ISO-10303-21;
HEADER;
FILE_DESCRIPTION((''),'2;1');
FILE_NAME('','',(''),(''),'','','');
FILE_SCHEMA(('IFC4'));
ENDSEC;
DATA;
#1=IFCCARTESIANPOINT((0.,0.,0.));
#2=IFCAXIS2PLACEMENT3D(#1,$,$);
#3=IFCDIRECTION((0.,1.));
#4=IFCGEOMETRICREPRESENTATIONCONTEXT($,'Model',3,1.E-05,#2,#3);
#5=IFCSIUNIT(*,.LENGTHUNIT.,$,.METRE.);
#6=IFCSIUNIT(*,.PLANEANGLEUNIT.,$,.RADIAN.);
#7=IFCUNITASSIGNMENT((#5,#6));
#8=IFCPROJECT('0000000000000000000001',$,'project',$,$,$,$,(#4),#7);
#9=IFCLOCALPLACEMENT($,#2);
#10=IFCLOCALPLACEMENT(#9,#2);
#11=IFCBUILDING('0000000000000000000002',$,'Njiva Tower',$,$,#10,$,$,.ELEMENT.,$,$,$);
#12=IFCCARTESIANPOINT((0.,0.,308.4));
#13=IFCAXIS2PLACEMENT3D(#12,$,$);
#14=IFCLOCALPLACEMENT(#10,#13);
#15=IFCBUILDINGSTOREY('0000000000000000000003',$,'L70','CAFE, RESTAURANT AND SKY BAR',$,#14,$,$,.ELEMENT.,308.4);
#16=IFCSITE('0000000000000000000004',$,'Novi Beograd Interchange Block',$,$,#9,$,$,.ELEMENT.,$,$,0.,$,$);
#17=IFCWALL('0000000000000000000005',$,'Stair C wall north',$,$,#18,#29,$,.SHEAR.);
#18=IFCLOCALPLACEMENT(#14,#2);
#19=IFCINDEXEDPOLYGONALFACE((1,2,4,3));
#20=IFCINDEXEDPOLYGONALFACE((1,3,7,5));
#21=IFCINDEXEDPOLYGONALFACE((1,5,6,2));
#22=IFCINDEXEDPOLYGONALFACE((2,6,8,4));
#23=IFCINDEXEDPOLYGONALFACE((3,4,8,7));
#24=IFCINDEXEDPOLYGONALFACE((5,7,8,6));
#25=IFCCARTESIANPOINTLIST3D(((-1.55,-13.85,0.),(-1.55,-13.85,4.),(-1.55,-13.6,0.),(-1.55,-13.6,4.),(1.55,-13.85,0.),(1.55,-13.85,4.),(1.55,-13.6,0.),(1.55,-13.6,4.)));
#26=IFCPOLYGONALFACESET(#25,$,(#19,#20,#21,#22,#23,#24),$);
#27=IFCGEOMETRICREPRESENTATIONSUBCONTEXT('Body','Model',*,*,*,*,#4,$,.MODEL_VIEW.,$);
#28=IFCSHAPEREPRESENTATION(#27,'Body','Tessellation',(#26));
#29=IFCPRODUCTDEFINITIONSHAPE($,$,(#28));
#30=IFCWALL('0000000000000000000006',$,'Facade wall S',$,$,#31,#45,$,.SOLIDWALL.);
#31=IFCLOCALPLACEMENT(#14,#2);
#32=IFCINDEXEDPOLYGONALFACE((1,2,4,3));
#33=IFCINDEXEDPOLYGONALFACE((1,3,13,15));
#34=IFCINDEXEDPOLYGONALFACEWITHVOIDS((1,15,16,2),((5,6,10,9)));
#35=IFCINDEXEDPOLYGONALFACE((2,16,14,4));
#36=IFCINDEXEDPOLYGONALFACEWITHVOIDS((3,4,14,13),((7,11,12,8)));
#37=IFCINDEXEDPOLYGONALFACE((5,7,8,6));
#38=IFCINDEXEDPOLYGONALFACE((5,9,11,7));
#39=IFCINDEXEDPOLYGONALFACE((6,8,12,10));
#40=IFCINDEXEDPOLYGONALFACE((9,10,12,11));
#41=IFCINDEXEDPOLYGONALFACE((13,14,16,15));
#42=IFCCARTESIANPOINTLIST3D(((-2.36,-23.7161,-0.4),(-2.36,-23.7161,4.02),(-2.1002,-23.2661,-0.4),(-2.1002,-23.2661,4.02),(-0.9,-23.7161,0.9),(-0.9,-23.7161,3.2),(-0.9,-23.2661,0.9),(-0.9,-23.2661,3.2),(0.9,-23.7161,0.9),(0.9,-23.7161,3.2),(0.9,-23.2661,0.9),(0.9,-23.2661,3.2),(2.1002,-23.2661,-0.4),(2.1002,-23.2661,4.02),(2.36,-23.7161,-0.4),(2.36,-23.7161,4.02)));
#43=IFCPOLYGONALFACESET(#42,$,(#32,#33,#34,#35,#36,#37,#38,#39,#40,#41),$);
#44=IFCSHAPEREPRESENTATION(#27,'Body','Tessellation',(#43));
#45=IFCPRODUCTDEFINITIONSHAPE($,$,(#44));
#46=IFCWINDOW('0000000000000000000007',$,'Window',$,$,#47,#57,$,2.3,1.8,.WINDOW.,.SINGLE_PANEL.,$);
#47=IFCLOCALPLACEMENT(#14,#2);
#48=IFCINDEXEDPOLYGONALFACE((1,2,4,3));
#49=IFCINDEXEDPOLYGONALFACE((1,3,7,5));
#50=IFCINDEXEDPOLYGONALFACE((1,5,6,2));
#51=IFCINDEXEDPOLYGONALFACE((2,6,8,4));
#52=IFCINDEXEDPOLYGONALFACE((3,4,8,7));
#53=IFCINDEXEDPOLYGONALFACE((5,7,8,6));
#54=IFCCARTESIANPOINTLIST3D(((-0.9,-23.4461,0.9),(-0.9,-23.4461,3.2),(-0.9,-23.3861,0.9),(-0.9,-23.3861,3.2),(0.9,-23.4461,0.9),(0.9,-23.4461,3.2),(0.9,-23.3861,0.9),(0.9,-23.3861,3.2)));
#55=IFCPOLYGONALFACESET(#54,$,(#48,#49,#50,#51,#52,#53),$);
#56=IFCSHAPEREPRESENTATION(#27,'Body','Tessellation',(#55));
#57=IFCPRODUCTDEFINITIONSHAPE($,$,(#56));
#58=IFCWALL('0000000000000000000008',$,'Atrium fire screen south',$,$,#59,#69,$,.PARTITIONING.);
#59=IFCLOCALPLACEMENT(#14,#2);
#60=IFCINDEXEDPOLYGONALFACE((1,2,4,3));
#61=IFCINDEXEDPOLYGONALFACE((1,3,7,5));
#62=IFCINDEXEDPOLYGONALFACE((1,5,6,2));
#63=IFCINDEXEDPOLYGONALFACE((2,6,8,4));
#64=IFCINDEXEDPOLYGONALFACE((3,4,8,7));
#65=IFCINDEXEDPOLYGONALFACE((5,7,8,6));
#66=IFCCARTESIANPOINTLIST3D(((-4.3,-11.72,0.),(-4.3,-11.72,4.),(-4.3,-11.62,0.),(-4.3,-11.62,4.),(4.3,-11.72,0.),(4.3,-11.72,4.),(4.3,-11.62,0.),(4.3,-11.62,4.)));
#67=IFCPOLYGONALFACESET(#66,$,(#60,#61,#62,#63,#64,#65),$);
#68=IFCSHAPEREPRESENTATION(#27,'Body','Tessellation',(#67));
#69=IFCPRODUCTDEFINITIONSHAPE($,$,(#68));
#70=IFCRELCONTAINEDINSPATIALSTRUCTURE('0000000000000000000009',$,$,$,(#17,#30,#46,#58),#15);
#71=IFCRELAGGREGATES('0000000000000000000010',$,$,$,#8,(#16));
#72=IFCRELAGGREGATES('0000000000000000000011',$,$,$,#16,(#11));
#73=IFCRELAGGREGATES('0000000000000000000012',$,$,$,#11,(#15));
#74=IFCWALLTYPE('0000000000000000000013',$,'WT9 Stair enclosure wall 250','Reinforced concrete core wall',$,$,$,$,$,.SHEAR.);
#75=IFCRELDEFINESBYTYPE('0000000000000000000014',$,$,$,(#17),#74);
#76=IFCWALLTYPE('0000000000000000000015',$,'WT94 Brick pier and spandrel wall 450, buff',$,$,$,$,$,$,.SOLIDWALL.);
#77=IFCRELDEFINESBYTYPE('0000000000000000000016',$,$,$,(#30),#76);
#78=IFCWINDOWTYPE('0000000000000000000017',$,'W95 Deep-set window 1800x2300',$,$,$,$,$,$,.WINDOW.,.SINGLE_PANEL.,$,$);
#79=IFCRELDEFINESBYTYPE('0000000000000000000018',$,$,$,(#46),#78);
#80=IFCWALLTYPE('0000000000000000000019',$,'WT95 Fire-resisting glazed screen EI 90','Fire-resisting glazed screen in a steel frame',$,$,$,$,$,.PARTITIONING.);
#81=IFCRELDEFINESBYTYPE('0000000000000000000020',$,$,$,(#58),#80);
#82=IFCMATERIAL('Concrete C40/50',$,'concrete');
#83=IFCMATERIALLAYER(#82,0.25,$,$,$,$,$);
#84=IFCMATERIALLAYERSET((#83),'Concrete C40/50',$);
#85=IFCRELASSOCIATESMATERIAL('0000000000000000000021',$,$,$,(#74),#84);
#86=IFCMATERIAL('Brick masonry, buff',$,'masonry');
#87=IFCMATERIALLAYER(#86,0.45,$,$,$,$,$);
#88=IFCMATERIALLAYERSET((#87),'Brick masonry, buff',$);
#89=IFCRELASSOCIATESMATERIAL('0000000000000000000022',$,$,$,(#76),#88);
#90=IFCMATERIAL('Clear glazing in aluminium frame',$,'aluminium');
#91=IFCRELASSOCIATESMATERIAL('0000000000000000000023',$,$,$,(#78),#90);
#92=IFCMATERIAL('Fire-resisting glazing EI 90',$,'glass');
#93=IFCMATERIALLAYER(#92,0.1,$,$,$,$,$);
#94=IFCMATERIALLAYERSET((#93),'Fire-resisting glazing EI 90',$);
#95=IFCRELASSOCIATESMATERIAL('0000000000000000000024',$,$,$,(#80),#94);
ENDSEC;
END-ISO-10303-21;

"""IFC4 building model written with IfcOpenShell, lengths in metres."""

from ifc_helpers import new_model, si_unit, direction, frame, frame_2d, origin, place, context, subcontext, project, spatial, polyline, rectangle, outline, extrude, material, layer, layer_set, type_object, element, fill, save


model = new_model("IFC4")

# Units and contexts
model_context = context("Model", 3, precision=1e-05, world=origin(), true_north=direction((0.0, 1.0)))
body_context = subcontext(model_context, "Body", "Model", "MODEL_VIEW")
ifc_project = project(units=[si_unit("LENGTHUNIT", "METRE"), si_unit("PLANEANGLEUNIT", "RADIAN")], contexts=[model_context])

# Site, building, storey
site_placement = place(None, origin())
site = spatial("IfcSite", under=ifc_project, at=site_placement, Name="Novi Beograd Interchange Block", CompositionType="ELEMENT", RefElevation=0.0)
building_placement = place(site_placement, origin())
building = spatial("IfcBuilding", under=site, at=building_placement, Name="Njiva Tower", CompositionType="ELEMENT")
storey_placement = place(building_placement, frame((0.0, 0.0, 308.4)))
storey = spatial("IfcBuildingStorey", under=building, at=storey_placement, Name="L70", Description="CAFE, RESTAURANT AND SKY BAR", CompositionType="ELEMENT", Elevation=308.4)

# Wall
ifc_material_1 = material(Name="Concrete C40/50", Category="concrete")
ifc_layer_1 = layer(ifc_material_1, 0.25)
ifc_layer_set_1 = layer_set([ifc_layer_1], Name="Concrete C40/50")
wall_type_1 = type_object("IfcWallType", Name="WT9 Stair enclosure wall 250", Description="Reinforced concrete core wall", PredefinedType="SHEAR", material=ifc_layer_set_1)
for number, where, z_axis, x_axis, name in (
    (1, (-1.55, -13.725, 0.0), (0.0, 0.0, 1.0), (1.0, 0.0, 0.0), "Stair C wall north"),
):
    element("IfcWall", number, at=place(storey_placement, frame(where, z_axis=z_axis, x_axis=x_axis)), inside=storey, type_object=wall_type_1, Name=name, PredefinedType="SHEAR", context=body_context, shape_type="SweptSolid", body=[
        extrude(rectangle(XDim=3.1, YDim=0.25, at=frame_2d((1.55, 0.0))), origin(), (0.0, 0.0, 1.0), 4.0),
    ])

# Wall, opening, window
ifc_material_2 = material(Name="Brick masonry, buff", Category="masonry")
ifc_layer_2 = layer(ifc_material_2, 0.45)
ifc_layer_set_2 = layer_set([ifc_layer_2], Name="Brick masonry, buff")
wall_type_2 = type_object("IfcWallType", Name="WT94 Brick pier and spandrel wall 450, buff", PredefinedType="SOLIDWALL", material=ifc_layer_set_2)
wall_1_placement = place(storey_placement, frame((-2.2301, -23.4911, -0.4), z_axis=(0.0, 0.0, 1.0), x_axis=(1.0, 0.0, 0.0)))
wall_1 = element("IfcWall", 2, at=wall_1_placement, inside=storey, type_object=wall_type_2, Name="Facade wall S", PredefinedType="SOLIDWALL", context=body_context, shape_type="SweptSolid", body=[
    extrude(outline(polyline([(-0.1299, -0.225), (4.5901, -0.225), (4.3303, 0.225), (0.1299, 0.225), (-0.1299, -0.225)])), origin(), (0.0, 0.0, 1.0), 4.42),
])
opening_1_placement = place(wall_1_placement, frame((1.3301, 0.0, 1.3)))
opening_1 = element("IfcOpeningElement", 3, at=opening_1_placement, cuts=wall_1, PredefinedType="OPENING", context=body_context, shape_type="SweptSolid", body=[
    extrude(rectangle(XDim=1.8, YDim=2.3, at=frame_2d((0.9, 1.15))), frame((0.0, 0.235, 0.0), z_axis=(0.0, -1.0, 0.0), x_axis=(1.0, 0.0, 0.0)), (0.0, 0.0, 1.0), 0.47),
])
ifc_material_3 = material(Name="Clear glazing in aluminium frame", Category="aluminium")
window_type = type_object("IfcWindowType", Name="W95 Deep-set window 1800x2300", PartitioningType="SINGLE_PANEL", PredefinedType="WINDOW", material=ifc_material_3)
window_placement = place(opening_1_placement, origin())
window = element("IfcWindow", 4, at=window_placement, inside=storey, type_object=window_type, Name="Window", OverallHeight=2.3, OverallWidth=1.8, PartitioningType="SINGLE_PANEL", PredefinedType="WINDOW", context=body_context, shape_type="SweptSolid", body=[
    extrude(rectangle(XDim=1.8, YDim=2.3, at=frame_2d((0.9, 1.15))), frame((0.0, 0.105, 0.0), z_axis=(0.0, -1.0, 0.0), x_axis=(1.0, 0.0, 0.0)), (0.0, 0.0, 1.0), 0.06),
])
fill(opening_1, window)

# Wall
ifc_material_4 = material(Name="Fire-resisting glazing EI 90", Category="glass")
ifc_layer_3 = layer(ifc_material_4, 0.1)
ifc_layer_set_3 = layer_set([ifc_layer_3], Name="Fire-resisting glazing EI 90")
wall_type_3 = type_object("IfcWallType", Name="WT95 Fire-resisting glazed screen EI 90", Description="Fire-resisting glazed screen in a steel frame", PredefinedType="PARTITIONING", material=ifc_layer_set_3)
wall_2_placement = place(storey_placement, frame((-4.3, -11.67, 0.0), z_axis=(0.0, 0.0, 1.0), x_axis=(1.0, 0.0, 0.0)))
element("IfcWall", 5, at=wall_2_placement, inside=storey, type_object=wall_type_3, Name="Atrium fire screen south", PredefinedType="PARTITIONING", context=body_context, shape_type="SweptSolid", body=[
    extrude(rectangle(XDim=8.6, YDim=0.1, at=frame_2d((4.3, 0.0))), origin(), (0.0, 0.0, 1.0), 4.0),
])

save(model, "model.ifc")
